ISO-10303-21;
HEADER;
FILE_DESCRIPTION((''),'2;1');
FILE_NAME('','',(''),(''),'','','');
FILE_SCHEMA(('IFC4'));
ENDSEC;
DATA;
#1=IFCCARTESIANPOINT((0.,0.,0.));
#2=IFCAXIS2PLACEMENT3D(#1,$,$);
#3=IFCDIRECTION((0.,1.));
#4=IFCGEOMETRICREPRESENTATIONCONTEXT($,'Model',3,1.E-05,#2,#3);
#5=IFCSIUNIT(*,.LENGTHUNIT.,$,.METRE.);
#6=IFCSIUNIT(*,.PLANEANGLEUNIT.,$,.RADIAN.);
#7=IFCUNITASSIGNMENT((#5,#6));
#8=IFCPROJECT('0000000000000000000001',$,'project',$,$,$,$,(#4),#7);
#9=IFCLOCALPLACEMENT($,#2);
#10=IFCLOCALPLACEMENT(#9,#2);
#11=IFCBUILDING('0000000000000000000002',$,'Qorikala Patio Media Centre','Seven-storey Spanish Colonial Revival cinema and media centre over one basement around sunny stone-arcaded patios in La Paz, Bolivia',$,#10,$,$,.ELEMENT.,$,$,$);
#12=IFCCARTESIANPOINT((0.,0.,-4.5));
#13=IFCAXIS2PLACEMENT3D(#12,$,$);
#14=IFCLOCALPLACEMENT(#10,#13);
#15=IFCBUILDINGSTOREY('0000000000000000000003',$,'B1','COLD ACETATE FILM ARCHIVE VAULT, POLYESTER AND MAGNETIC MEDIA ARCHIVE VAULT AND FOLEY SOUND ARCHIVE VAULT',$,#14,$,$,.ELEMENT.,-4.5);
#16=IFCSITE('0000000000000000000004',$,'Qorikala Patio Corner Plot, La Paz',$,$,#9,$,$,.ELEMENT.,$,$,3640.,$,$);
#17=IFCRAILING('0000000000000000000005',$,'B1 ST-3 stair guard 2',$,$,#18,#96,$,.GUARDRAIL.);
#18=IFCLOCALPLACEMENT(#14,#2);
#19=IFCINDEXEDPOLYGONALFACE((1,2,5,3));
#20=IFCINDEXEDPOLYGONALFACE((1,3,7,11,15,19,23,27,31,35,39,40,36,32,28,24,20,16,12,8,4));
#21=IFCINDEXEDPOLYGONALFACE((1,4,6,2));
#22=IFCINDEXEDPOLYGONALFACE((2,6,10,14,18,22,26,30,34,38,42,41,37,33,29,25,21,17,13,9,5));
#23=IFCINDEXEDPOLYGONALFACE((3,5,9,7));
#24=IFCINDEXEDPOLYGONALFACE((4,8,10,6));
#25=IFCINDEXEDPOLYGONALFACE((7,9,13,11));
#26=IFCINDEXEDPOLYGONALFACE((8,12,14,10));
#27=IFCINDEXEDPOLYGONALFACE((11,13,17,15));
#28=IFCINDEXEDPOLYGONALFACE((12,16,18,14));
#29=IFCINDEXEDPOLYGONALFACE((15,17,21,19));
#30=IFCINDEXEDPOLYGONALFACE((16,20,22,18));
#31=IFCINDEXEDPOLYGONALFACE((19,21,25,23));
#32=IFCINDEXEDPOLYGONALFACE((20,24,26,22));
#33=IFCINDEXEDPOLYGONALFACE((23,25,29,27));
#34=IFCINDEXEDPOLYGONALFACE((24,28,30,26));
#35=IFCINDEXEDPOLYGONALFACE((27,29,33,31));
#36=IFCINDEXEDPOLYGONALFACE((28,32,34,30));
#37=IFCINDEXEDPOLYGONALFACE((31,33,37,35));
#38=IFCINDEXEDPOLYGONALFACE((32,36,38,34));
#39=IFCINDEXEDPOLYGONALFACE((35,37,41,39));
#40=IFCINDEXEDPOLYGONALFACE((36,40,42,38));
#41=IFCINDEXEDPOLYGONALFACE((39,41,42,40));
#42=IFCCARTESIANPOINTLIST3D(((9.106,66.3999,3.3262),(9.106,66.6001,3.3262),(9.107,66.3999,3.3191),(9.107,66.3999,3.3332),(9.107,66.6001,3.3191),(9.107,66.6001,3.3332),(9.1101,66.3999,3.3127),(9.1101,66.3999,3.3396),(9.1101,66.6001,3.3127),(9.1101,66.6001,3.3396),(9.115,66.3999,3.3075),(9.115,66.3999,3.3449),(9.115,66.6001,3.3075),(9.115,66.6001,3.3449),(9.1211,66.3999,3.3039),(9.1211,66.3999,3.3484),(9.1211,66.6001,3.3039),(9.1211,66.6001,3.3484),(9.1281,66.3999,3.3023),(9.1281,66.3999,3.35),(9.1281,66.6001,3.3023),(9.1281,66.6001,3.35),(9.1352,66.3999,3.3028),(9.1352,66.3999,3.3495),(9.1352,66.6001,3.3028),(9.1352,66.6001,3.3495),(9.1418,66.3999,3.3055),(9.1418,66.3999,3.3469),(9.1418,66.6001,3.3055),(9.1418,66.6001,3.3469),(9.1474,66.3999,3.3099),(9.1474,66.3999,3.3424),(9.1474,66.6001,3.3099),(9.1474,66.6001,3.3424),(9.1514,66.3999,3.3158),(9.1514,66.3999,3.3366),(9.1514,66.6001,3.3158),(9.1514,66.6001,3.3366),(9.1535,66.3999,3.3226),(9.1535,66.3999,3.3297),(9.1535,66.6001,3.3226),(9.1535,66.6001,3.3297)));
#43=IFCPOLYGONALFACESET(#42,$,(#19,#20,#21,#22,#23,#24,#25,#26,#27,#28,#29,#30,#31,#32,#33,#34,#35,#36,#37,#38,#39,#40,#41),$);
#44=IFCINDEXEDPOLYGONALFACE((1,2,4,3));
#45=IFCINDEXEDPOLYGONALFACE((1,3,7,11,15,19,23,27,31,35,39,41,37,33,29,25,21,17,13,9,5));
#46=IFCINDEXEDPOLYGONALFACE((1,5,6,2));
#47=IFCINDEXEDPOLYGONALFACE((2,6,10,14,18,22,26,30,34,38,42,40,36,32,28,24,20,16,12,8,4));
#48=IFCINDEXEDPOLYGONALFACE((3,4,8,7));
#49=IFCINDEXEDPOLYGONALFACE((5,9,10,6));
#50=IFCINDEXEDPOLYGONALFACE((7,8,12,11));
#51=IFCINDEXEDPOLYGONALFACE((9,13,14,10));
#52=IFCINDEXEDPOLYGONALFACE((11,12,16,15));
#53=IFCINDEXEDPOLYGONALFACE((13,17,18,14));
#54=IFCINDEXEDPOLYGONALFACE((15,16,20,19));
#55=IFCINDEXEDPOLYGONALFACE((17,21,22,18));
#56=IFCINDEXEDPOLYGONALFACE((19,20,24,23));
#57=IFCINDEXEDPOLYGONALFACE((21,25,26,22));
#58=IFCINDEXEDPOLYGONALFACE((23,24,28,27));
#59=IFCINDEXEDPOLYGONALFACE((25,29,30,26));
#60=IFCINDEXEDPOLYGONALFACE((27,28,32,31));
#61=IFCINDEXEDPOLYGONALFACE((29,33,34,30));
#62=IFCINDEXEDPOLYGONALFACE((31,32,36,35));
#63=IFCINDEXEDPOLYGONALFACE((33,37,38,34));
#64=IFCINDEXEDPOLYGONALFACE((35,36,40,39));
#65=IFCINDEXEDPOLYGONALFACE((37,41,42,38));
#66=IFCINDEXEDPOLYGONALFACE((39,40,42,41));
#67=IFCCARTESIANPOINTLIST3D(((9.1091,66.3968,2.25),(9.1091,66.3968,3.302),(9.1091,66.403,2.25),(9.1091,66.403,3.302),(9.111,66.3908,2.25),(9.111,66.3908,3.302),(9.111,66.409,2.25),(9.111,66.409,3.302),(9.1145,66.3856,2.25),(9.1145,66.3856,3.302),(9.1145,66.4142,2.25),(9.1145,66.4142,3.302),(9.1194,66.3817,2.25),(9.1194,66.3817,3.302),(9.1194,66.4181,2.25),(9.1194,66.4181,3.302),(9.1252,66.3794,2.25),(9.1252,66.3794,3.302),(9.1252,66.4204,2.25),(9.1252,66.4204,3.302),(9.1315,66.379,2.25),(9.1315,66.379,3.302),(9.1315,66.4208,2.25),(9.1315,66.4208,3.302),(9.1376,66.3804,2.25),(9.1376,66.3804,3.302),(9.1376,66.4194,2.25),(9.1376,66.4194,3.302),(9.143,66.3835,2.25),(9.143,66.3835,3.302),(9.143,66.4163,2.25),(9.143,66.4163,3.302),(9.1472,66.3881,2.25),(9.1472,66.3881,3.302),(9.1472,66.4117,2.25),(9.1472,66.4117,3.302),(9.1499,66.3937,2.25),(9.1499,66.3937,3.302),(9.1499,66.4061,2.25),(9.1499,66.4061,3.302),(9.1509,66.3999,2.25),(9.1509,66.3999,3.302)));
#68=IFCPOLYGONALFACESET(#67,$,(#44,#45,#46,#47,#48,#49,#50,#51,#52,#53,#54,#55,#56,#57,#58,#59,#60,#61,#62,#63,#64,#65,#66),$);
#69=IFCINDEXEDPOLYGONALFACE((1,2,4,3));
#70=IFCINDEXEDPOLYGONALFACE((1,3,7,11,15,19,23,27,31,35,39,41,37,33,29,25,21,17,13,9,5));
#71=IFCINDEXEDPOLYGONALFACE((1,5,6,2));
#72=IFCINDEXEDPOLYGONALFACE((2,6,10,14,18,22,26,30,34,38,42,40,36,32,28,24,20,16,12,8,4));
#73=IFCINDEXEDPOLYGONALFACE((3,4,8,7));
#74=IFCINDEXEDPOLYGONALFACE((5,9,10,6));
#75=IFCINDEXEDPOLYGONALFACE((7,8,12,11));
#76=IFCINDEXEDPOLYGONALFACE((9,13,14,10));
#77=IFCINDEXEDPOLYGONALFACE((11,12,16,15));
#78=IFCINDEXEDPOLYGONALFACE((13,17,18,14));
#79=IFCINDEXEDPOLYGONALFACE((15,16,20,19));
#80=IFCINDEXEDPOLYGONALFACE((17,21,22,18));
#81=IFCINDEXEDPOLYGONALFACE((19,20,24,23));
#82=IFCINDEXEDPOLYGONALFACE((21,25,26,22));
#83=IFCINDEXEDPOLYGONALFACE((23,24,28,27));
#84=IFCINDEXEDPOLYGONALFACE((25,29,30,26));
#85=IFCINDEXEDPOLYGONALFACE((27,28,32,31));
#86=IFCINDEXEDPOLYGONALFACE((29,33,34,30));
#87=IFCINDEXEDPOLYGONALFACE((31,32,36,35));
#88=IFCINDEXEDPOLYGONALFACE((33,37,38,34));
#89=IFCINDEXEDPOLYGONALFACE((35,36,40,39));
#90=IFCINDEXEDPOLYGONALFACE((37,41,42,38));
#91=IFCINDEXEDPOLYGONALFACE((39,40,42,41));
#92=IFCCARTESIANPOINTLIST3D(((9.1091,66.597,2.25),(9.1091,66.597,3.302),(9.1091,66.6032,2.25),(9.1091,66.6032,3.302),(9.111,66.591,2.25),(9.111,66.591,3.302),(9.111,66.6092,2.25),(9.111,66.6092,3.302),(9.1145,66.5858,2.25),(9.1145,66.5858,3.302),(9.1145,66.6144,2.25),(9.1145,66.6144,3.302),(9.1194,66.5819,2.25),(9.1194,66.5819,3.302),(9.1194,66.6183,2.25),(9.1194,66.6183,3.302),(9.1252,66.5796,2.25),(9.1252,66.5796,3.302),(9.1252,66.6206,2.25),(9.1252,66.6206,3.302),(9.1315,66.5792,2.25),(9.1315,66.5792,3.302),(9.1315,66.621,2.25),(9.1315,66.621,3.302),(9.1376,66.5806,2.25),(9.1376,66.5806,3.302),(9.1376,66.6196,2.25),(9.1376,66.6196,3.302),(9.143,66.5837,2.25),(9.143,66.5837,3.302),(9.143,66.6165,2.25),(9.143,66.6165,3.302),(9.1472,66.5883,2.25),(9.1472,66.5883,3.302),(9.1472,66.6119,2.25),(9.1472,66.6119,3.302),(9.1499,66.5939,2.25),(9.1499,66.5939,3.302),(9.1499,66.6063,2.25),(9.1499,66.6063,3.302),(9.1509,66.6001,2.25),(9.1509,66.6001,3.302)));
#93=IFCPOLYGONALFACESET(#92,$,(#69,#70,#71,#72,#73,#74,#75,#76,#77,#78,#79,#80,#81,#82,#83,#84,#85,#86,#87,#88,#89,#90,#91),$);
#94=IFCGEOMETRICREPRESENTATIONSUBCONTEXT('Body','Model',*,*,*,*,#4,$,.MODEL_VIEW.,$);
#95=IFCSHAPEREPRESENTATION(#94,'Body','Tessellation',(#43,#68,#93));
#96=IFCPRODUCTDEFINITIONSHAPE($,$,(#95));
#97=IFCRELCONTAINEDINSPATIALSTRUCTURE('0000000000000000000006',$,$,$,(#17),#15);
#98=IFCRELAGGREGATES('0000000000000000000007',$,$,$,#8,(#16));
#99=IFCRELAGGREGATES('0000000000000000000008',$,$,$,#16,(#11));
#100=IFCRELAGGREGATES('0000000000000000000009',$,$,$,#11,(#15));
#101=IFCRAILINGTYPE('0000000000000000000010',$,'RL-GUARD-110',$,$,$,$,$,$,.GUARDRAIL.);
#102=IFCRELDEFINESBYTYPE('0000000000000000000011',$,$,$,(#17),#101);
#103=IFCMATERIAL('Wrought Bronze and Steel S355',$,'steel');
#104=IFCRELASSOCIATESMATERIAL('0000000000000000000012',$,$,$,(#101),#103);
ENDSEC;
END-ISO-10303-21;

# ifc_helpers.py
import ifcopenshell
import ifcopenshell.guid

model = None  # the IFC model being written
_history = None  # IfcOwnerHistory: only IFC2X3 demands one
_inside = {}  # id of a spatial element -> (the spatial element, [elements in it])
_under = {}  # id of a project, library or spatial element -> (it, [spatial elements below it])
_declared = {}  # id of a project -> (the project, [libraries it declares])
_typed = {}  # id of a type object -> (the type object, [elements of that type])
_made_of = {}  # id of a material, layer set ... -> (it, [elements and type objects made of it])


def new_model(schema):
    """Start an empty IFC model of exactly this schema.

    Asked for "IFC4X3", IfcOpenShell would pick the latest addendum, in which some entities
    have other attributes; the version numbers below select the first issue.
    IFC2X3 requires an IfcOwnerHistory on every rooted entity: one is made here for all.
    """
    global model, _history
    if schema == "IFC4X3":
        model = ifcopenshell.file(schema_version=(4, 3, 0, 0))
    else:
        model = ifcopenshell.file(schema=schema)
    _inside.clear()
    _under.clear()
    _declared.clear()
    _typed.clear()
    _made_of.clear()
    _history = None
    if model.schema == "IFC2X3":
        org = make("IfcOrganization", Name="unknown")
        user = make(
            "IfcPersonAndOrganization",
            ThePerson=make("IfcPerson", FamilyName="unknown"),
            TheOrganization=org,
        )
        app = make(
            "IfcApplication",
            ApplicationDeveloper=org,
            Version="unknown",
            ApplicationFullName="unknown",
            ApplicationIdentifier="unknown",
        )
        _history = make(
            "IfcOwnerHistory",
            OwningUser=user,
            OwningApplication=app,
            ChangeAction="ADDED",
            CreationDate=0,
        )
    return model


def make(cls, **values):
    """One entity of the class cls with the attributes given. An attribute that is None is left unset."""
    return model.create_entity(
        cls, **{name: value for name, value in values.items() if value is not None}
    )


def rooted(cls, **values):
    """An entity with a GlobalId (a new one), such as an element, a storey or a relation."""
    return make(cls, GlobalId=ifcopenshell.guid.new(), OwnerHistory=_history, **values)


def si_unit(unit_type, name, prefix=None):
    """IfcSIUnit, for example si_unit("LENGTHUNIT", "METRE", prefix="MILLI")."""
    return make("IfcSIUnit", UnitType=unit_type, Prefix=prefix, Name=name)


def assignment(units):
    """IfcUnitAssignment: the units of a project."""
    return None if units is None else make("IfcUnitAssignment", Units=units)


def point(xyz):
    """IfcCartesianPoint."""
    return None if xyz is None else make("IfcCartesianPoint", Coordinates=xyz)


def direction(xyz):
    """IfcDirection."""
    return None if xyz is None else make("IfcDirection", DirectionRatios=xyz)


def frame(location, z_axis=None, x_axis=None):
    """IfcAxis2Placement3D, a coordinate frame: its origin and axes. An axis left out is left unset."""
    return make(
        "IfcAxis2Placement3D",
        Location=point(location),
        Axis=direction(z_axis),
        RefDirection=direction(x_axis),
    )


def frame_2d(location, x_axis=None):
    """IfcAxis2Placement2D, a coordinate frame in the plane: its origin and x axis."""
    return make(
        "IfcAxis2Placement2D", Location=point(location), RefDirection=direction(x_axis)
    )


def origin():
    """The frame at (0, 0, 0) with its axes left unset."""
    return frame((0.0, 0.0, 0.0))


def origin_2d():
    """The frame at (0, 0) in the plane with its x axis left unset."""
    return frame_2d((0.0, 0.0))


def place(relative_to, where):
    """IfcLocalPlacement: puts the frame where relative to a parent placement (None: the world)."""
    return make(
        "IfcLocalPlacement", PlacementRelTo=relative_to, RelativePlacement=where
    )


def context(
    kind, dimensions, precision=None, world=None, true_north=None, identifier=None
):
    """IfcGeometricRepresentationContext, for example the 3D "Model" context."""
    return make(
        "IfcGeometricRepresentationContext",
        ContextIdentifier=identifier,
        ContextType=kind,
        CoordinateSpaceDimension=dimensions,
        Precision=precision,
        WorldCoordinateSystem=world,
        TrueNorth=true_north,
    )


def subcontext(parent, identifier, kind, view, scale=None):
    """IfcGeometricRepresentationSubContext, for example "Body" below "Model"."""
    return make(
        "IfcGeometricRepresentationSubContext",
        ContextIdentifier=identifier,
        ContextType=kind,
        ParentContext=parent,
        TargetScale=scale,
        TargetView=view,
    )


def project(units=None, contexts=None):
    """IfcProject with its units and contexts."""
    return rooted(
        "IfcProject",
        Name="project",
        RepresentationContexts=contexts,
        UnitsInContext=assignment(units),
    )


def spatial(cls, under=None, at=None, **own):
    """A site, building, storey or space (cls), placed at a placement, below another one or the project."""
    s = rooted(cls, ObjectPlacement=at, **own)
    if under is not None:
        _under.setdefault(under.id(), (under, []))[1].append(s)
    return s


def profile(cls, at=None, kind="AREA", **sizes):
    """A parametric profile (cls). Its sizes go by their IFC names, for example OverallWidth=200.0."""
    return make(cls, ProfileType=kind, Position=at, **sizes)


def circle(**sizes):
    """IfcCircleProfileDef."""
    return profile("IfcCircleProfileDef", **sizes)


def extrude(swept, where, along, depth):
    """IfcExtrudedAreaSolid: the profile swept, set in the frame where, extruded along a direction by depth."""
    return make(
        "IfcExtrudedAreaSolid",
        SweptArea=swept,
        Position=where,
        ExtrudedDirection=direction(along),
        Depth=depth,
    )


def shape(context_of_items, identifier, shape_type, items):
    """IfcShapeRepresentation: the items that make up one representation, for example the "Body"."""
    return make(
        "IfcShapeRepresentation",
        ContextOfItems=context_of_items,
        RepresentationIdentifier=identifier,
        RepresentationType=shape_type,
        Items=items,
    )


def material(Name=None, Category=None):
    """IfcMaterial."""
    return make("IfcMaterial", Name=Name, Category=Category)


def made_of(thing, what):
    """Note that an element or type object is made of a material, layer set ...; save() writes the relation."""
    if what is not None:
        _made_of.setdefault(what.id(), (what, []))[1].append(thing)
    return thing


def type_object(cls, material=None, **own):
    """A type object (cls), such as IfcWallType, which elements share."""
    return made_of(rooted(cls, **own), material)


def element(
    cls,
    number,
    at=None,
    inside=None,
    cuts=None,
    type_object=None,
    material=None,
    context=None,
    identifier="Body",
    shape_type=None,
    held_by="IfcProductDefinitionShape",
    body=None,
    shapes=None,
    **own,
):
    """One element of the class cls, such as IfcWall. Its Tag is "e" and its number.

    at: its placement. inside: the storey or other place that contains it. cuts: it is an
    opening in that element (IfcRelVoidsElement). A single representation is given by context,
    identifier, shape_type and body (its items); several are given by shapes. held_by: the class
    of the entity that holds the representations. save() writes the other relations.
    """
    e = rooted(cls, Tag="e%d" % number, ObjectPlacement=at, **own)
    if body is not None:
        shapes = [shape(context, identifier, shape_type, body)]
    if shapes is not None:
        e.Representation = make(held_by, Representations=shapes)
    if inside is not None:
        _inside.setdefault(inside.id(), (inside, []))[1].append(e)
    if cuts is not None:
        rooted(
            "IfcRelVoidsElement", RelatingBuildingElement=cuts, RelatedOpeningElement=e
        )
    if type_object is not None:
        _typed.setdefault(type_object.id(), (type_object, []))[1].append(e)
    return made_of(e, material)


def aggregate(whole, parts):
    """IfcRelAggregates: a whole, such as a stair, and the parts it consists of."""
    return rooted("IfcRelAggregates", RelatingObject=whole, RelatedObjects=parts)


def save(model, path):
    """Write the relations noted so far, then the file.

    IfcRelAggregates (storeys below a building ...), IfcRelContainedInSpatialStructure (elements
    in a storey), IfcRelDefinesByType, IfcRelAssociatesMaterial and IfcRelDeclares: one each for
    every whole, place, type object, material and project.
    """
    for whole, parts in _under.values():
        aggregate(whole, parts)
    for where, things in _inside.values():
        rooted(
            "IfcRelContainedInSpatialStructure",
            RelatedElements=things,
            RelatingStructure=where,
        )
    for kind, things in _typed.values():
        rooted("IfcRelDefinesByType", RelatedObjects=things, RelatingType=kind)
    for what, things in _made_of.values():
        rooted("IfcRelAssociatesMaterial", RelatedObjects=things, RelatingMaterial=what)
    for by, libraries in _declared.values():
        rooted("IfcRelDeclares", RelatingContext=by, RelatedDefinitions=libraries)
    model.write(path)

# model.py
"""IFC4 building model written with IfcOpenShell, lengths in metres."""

from ifc_helpers import new_model, si_unit, direction, frame, origin, origin_2d, place, context, subcontext, project, spatial, circle, extrude, material, type_object, element, save


model = new_model("IFC4")

# Units and contexts
model_context = context("Model", 3, precision=1e-05, world=origin(), true_north=direction((0.0, 1.0)))
body_context = subcontext(model_context, "Body", "Model", "MODEL_VIEW")
ifc_project = project(units=[si_unit("LENGTHUNIT", "METRE"), si_unit("PLANEANGLEUNIT", "RADIAN")], contexts=[model_context])

# Site, building, storey
site_placement = place(None, origin())
site = spatial("IfcSite", under=ifc_project, at=site_placement, Name="Qorikala Patio Corner Plot, La Paz", CompositionType="ELEMENT", RefElevation=3640.0)
building_placement = place(site_placement, origin())
building = spatial("IfcBuilding", under=site, at=building_placement, Name="Qorikala Patio Media Centre", Description="Seven-storey Spanish Colonial Revival cinema and media centre over one basement around sunny stone-arcaded patios in La Paz, Bolivia", CompositionType="ELEMENT")
storey_placement = place(building_placement, frame((0.0, 0.0, -4.5)))
storey = spatial("IfcBuildingStorey", under=building, at=storey_placement, Name="B1", Description="COLD ACETATE FILM ARCHIVE VAULT, POLYESTER AND MAGNETIC MEDIA ARCHIVE VAULT AND FOLEY SOUND ARCHIVE VAULT", CompositionType="ELEMENT", Elevation=-4.5)

# Railing
ifc_material_1 = material(Name="Wrought Bronze and Steel S355", Category="steel")
railing_type_1 = type_object("IfcRailingType", Name="RL-GUARD-110", PredefinedType="GUARDRAIL", material=ifc_material_1)
railing_1_placement = place(storey_placement, frame((9.1299, 66.3999, 2.25)))
element("IfcRailing", 1, at=railing_1_placement, inside=storey, type_object=railing_type_1, Name="B1 ST-3 stair guard 2", PredefinedType="GUARDRAIL", context=body_context, shape_type="SweptSolid", body=[
    extrude(circle(Radius=0.0239, at=origin_2d()), frame((0.0, 0.0, 1.0762), z_axis=(0.0, 1.0, 0.0), x_axis=(-1.0, 0.0, 0.0)), (0.0, 0.0, 1.0), 0.2002),
    extrude(circle(Radius=0.021, at=origin_2d()), origin(), (0.0, 0.0, 1.0), 1.052),
    extrude(circle(Radius=0.021, at=origin_2d()), frame((0.0, 0.2002, 0.0)), (0.0, 0.0, 1.0), 1.052),
])

save(model, "model.ifc")
